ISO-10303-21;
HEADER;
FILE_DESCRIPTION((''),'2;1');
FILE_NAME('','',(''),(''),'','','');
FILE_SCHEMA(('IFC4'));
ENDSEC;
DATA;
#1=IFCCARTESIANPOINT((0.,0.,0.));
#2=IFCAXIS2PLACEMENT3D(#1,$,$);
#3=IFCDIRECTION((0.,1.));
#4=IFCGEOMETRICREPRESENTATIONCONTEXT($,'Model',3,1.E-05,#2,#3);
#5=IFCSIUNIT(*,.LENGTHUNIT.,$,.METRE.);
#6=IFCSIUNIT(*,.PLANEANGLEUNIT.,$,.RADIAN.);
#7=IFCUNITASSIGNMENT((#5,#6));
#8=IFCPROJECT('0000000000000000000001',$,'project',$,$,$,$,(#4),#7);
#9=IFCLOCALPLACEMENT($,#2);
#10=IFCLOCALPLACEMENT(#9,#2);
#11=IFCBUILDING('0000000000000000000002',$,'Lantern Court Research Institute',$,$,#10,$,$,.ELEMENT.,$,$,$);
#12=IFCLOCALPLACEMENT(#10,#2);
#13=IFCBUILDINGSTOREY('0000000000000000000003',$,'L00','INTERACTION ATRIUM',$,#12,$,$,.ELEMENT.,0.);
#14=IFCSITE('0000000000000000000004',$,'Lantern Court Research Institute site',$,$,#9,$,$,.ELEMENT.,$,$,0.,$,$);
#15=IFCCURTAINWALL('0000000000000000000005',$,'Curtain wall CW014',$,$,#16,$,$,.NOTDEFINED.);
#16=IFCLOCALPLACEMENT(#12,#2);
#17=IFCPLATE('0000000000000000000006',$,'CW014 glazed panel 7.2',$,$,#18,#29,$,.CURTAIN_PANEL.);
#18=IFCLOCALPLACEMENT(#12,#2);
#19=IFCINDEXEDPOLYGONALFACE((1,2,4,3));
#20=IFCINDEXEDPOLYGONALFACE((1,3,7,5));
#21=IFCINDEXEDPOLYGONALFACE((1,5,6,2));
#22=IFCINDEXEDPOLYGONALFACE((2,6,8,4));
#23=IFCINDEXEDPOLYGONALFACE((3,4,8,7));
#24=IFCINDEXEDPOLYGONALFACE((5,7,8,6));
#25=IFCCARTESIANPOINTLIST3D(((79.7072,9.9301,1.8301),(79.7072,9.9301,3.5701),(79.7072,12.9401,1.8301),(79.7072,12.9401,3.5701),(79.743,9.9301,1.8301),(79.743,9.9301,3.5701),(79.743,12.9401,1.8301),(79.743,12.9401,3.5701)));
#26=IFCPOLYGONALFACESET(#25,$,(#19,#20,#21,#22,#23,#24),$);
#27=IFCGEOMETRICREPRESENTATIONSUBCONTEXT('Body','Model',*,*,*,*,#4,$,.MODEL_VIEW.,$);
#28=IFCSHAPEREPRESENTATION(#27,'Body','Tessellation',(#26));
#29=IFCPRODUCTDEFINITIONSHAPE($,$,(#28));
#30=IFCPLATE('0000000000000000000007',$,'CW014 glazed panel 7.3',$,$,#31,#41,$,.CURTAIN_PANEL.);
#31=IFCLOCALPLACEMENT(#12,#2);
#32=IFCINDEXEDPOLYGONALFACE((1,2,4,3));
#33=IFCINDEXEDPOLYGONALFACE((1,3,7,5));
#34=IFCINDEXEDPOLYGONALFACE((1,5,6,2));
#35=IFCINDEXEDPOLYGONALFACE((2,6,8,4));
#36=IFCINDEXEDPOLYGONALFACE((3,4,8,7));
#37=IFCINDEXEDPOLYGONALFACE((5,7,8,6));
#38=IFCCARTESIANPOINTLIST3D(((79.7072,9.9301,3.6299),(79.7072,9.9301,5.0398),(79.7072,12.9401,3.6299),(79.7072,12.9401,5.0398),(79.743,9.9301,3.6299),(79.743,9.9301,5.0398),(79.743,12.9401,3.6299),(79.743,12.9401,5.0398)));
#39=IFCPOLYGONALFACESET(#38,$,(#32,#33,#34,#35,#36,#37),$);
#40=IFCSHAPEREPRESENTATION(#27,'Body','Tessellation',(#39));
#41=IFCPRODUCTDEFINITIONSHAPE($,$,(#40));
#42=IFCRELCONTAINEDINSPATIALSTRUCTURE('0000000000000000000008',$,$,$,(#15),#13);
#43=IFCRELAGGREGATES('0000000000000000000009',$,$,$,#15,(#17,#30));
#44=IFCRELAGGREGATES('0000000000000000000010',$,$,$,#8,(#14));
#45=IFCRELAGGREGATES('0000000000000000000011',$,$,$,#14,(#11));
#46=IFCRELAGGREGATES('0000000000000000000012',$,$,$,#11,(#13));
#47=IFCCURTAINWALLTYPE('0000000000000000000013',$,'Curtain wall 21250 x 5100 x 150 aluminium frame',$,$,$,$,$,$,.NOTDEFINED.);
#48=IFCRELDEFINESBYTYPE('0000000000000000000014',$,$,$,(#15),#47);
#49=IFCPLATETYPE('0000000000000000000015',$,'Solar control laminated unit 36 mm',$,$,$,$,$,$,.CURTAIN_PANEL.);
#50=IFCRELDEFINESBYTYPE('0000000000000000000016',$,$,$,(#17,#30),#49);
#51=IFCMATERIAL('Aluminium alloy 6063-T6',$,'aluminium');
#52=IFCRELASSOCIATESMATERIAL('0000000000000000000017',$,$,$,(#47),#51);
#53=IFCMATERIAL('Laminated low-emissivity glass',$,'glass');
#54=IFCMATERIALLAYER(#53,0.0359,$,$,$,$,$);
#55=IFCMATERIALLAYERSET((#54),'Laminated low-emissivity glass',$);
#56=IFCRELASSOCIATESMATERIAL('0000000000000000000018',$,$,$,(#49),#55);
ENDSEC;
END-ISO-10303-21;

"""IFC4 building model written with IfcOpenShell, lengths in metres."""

from ifc_helpers import new_model, si_unit, direction, frame, origin, origin_2d, place, context, subcontext, project, spatial, rectangle, extrude, material, layer, layer_set, type_object, element, aggregate, save


model = new_model("IFC4")

# Units and contexts
model_context = context("Model", 3, precision=1e-05, world=origin(), true_north=direction((0.0, 1.0)))
body_context = subcontext(model_context, "Body", "Model", "MODEL_VIEW")
ifc_project = project(units=[si_unit("LENGTHUNIT", "METRE"), si_unit("PLANEANGLEUNIT", "RADIAN")], contexts=[model_context])

# Site, building, storey
site_placement = place(None, origin())
site = spatial("IfcSite", under=ifc_project, at=site_placement, Name="Lantern Court Research Institute site", CompositionType="ELEMENT", RefElevation=0.0)
building_placement = place(site_placement, origin())
building = spatial("IfcBuilding", under=site, at=building_placement, Name="Lantern Court Research Institute", CompositionType="ELEMENT")
storey_placement = place(building_placement, origin())
storey = spatial("IfcBuildingStorey", under=building, at=storey_placement, Name="L00", Description="INTERACTION ATRIUM", CompositionType="ELEMENT", Elevation=0.0)

# Curtain wall, plates
ifc_material_1 = material(Name="Aluminium alloy 6063-T6", Category="aluminium")
curtain_wall_type = type_object("IfcCurtainWallType", Name="Curtain wall 21250 x 5100 x 150 aluminium frame", PredefinedType="NOTDEFINED", material=ifc_material_1)
curtain_wall_placement = place(storey_placement, origin())
curtain_wall = element("IfcCurtainWall", 1, at=curtain_wall_placement, inside=storey, type_object=curtain_wall_type, Name="Curtain wall CW014", PredefinedType="NOTDEFINED")
ifc_material_2 = material(Name="Laminated low-emissivity glass", Category="glass")
ifc_layer_1 = layer(ifc_material_2, 0.0359)
ifc_layer_set_1 = layer_set([ifc_layer_1], Name="Laminated low-emissivity glass")
plate_type_1 = type_object("IfcPlateType", Name="Solar control laminated unit 36 mm", PredefinedType="CURTAIN_PANEL", material=ifc_layer_set_1)
plate_1_placement = place(storey_placement, frame((79.7251, 11.4351, 1.8301), z_axis=(0.0, 0.0, 1.0), x_axis=(0.0, -1.0, 0.0)))
plate_1 = element("IfcPlate", 2, at=plate_1_placement, type_object=plate_type_1, Name="CW014 glazed panel 7.2", PredefinedType="CURTAIN_PANEL", context=body_context, shape_type="SweptSolid", body=[
    extrude(rectangle(XDim=3.01, YDim=0.0359, at=origin_2d()), origin(), (0.0, 0.0, 1.0), 1.74),
])
plate_2_placement = place(storey_placement, frame((79.7251, 11.4351, 3.6299), z_axis=(0.0, 0.0, 1.0), x_axis=(0.0, -1.0, 0.0)))
plate_2 = element("IfcPlate", 3, at=plate_2_placement, type_object=plate_type_1, Name="CW014 glazed panel 7.3", PredefinedType="CURTAIN_PANEL", context=body_context, shape_type="SweptSolid", body=[
    extrude(rectangle(XDim=3.01, YDim=0.0359, at=origin_2d()), origin(), (0.0, 0.0, 1.0), 1.4099),
])
aggregate(curtain_wall, [plate_1, plate_2])

save(model, "model.ifc")
